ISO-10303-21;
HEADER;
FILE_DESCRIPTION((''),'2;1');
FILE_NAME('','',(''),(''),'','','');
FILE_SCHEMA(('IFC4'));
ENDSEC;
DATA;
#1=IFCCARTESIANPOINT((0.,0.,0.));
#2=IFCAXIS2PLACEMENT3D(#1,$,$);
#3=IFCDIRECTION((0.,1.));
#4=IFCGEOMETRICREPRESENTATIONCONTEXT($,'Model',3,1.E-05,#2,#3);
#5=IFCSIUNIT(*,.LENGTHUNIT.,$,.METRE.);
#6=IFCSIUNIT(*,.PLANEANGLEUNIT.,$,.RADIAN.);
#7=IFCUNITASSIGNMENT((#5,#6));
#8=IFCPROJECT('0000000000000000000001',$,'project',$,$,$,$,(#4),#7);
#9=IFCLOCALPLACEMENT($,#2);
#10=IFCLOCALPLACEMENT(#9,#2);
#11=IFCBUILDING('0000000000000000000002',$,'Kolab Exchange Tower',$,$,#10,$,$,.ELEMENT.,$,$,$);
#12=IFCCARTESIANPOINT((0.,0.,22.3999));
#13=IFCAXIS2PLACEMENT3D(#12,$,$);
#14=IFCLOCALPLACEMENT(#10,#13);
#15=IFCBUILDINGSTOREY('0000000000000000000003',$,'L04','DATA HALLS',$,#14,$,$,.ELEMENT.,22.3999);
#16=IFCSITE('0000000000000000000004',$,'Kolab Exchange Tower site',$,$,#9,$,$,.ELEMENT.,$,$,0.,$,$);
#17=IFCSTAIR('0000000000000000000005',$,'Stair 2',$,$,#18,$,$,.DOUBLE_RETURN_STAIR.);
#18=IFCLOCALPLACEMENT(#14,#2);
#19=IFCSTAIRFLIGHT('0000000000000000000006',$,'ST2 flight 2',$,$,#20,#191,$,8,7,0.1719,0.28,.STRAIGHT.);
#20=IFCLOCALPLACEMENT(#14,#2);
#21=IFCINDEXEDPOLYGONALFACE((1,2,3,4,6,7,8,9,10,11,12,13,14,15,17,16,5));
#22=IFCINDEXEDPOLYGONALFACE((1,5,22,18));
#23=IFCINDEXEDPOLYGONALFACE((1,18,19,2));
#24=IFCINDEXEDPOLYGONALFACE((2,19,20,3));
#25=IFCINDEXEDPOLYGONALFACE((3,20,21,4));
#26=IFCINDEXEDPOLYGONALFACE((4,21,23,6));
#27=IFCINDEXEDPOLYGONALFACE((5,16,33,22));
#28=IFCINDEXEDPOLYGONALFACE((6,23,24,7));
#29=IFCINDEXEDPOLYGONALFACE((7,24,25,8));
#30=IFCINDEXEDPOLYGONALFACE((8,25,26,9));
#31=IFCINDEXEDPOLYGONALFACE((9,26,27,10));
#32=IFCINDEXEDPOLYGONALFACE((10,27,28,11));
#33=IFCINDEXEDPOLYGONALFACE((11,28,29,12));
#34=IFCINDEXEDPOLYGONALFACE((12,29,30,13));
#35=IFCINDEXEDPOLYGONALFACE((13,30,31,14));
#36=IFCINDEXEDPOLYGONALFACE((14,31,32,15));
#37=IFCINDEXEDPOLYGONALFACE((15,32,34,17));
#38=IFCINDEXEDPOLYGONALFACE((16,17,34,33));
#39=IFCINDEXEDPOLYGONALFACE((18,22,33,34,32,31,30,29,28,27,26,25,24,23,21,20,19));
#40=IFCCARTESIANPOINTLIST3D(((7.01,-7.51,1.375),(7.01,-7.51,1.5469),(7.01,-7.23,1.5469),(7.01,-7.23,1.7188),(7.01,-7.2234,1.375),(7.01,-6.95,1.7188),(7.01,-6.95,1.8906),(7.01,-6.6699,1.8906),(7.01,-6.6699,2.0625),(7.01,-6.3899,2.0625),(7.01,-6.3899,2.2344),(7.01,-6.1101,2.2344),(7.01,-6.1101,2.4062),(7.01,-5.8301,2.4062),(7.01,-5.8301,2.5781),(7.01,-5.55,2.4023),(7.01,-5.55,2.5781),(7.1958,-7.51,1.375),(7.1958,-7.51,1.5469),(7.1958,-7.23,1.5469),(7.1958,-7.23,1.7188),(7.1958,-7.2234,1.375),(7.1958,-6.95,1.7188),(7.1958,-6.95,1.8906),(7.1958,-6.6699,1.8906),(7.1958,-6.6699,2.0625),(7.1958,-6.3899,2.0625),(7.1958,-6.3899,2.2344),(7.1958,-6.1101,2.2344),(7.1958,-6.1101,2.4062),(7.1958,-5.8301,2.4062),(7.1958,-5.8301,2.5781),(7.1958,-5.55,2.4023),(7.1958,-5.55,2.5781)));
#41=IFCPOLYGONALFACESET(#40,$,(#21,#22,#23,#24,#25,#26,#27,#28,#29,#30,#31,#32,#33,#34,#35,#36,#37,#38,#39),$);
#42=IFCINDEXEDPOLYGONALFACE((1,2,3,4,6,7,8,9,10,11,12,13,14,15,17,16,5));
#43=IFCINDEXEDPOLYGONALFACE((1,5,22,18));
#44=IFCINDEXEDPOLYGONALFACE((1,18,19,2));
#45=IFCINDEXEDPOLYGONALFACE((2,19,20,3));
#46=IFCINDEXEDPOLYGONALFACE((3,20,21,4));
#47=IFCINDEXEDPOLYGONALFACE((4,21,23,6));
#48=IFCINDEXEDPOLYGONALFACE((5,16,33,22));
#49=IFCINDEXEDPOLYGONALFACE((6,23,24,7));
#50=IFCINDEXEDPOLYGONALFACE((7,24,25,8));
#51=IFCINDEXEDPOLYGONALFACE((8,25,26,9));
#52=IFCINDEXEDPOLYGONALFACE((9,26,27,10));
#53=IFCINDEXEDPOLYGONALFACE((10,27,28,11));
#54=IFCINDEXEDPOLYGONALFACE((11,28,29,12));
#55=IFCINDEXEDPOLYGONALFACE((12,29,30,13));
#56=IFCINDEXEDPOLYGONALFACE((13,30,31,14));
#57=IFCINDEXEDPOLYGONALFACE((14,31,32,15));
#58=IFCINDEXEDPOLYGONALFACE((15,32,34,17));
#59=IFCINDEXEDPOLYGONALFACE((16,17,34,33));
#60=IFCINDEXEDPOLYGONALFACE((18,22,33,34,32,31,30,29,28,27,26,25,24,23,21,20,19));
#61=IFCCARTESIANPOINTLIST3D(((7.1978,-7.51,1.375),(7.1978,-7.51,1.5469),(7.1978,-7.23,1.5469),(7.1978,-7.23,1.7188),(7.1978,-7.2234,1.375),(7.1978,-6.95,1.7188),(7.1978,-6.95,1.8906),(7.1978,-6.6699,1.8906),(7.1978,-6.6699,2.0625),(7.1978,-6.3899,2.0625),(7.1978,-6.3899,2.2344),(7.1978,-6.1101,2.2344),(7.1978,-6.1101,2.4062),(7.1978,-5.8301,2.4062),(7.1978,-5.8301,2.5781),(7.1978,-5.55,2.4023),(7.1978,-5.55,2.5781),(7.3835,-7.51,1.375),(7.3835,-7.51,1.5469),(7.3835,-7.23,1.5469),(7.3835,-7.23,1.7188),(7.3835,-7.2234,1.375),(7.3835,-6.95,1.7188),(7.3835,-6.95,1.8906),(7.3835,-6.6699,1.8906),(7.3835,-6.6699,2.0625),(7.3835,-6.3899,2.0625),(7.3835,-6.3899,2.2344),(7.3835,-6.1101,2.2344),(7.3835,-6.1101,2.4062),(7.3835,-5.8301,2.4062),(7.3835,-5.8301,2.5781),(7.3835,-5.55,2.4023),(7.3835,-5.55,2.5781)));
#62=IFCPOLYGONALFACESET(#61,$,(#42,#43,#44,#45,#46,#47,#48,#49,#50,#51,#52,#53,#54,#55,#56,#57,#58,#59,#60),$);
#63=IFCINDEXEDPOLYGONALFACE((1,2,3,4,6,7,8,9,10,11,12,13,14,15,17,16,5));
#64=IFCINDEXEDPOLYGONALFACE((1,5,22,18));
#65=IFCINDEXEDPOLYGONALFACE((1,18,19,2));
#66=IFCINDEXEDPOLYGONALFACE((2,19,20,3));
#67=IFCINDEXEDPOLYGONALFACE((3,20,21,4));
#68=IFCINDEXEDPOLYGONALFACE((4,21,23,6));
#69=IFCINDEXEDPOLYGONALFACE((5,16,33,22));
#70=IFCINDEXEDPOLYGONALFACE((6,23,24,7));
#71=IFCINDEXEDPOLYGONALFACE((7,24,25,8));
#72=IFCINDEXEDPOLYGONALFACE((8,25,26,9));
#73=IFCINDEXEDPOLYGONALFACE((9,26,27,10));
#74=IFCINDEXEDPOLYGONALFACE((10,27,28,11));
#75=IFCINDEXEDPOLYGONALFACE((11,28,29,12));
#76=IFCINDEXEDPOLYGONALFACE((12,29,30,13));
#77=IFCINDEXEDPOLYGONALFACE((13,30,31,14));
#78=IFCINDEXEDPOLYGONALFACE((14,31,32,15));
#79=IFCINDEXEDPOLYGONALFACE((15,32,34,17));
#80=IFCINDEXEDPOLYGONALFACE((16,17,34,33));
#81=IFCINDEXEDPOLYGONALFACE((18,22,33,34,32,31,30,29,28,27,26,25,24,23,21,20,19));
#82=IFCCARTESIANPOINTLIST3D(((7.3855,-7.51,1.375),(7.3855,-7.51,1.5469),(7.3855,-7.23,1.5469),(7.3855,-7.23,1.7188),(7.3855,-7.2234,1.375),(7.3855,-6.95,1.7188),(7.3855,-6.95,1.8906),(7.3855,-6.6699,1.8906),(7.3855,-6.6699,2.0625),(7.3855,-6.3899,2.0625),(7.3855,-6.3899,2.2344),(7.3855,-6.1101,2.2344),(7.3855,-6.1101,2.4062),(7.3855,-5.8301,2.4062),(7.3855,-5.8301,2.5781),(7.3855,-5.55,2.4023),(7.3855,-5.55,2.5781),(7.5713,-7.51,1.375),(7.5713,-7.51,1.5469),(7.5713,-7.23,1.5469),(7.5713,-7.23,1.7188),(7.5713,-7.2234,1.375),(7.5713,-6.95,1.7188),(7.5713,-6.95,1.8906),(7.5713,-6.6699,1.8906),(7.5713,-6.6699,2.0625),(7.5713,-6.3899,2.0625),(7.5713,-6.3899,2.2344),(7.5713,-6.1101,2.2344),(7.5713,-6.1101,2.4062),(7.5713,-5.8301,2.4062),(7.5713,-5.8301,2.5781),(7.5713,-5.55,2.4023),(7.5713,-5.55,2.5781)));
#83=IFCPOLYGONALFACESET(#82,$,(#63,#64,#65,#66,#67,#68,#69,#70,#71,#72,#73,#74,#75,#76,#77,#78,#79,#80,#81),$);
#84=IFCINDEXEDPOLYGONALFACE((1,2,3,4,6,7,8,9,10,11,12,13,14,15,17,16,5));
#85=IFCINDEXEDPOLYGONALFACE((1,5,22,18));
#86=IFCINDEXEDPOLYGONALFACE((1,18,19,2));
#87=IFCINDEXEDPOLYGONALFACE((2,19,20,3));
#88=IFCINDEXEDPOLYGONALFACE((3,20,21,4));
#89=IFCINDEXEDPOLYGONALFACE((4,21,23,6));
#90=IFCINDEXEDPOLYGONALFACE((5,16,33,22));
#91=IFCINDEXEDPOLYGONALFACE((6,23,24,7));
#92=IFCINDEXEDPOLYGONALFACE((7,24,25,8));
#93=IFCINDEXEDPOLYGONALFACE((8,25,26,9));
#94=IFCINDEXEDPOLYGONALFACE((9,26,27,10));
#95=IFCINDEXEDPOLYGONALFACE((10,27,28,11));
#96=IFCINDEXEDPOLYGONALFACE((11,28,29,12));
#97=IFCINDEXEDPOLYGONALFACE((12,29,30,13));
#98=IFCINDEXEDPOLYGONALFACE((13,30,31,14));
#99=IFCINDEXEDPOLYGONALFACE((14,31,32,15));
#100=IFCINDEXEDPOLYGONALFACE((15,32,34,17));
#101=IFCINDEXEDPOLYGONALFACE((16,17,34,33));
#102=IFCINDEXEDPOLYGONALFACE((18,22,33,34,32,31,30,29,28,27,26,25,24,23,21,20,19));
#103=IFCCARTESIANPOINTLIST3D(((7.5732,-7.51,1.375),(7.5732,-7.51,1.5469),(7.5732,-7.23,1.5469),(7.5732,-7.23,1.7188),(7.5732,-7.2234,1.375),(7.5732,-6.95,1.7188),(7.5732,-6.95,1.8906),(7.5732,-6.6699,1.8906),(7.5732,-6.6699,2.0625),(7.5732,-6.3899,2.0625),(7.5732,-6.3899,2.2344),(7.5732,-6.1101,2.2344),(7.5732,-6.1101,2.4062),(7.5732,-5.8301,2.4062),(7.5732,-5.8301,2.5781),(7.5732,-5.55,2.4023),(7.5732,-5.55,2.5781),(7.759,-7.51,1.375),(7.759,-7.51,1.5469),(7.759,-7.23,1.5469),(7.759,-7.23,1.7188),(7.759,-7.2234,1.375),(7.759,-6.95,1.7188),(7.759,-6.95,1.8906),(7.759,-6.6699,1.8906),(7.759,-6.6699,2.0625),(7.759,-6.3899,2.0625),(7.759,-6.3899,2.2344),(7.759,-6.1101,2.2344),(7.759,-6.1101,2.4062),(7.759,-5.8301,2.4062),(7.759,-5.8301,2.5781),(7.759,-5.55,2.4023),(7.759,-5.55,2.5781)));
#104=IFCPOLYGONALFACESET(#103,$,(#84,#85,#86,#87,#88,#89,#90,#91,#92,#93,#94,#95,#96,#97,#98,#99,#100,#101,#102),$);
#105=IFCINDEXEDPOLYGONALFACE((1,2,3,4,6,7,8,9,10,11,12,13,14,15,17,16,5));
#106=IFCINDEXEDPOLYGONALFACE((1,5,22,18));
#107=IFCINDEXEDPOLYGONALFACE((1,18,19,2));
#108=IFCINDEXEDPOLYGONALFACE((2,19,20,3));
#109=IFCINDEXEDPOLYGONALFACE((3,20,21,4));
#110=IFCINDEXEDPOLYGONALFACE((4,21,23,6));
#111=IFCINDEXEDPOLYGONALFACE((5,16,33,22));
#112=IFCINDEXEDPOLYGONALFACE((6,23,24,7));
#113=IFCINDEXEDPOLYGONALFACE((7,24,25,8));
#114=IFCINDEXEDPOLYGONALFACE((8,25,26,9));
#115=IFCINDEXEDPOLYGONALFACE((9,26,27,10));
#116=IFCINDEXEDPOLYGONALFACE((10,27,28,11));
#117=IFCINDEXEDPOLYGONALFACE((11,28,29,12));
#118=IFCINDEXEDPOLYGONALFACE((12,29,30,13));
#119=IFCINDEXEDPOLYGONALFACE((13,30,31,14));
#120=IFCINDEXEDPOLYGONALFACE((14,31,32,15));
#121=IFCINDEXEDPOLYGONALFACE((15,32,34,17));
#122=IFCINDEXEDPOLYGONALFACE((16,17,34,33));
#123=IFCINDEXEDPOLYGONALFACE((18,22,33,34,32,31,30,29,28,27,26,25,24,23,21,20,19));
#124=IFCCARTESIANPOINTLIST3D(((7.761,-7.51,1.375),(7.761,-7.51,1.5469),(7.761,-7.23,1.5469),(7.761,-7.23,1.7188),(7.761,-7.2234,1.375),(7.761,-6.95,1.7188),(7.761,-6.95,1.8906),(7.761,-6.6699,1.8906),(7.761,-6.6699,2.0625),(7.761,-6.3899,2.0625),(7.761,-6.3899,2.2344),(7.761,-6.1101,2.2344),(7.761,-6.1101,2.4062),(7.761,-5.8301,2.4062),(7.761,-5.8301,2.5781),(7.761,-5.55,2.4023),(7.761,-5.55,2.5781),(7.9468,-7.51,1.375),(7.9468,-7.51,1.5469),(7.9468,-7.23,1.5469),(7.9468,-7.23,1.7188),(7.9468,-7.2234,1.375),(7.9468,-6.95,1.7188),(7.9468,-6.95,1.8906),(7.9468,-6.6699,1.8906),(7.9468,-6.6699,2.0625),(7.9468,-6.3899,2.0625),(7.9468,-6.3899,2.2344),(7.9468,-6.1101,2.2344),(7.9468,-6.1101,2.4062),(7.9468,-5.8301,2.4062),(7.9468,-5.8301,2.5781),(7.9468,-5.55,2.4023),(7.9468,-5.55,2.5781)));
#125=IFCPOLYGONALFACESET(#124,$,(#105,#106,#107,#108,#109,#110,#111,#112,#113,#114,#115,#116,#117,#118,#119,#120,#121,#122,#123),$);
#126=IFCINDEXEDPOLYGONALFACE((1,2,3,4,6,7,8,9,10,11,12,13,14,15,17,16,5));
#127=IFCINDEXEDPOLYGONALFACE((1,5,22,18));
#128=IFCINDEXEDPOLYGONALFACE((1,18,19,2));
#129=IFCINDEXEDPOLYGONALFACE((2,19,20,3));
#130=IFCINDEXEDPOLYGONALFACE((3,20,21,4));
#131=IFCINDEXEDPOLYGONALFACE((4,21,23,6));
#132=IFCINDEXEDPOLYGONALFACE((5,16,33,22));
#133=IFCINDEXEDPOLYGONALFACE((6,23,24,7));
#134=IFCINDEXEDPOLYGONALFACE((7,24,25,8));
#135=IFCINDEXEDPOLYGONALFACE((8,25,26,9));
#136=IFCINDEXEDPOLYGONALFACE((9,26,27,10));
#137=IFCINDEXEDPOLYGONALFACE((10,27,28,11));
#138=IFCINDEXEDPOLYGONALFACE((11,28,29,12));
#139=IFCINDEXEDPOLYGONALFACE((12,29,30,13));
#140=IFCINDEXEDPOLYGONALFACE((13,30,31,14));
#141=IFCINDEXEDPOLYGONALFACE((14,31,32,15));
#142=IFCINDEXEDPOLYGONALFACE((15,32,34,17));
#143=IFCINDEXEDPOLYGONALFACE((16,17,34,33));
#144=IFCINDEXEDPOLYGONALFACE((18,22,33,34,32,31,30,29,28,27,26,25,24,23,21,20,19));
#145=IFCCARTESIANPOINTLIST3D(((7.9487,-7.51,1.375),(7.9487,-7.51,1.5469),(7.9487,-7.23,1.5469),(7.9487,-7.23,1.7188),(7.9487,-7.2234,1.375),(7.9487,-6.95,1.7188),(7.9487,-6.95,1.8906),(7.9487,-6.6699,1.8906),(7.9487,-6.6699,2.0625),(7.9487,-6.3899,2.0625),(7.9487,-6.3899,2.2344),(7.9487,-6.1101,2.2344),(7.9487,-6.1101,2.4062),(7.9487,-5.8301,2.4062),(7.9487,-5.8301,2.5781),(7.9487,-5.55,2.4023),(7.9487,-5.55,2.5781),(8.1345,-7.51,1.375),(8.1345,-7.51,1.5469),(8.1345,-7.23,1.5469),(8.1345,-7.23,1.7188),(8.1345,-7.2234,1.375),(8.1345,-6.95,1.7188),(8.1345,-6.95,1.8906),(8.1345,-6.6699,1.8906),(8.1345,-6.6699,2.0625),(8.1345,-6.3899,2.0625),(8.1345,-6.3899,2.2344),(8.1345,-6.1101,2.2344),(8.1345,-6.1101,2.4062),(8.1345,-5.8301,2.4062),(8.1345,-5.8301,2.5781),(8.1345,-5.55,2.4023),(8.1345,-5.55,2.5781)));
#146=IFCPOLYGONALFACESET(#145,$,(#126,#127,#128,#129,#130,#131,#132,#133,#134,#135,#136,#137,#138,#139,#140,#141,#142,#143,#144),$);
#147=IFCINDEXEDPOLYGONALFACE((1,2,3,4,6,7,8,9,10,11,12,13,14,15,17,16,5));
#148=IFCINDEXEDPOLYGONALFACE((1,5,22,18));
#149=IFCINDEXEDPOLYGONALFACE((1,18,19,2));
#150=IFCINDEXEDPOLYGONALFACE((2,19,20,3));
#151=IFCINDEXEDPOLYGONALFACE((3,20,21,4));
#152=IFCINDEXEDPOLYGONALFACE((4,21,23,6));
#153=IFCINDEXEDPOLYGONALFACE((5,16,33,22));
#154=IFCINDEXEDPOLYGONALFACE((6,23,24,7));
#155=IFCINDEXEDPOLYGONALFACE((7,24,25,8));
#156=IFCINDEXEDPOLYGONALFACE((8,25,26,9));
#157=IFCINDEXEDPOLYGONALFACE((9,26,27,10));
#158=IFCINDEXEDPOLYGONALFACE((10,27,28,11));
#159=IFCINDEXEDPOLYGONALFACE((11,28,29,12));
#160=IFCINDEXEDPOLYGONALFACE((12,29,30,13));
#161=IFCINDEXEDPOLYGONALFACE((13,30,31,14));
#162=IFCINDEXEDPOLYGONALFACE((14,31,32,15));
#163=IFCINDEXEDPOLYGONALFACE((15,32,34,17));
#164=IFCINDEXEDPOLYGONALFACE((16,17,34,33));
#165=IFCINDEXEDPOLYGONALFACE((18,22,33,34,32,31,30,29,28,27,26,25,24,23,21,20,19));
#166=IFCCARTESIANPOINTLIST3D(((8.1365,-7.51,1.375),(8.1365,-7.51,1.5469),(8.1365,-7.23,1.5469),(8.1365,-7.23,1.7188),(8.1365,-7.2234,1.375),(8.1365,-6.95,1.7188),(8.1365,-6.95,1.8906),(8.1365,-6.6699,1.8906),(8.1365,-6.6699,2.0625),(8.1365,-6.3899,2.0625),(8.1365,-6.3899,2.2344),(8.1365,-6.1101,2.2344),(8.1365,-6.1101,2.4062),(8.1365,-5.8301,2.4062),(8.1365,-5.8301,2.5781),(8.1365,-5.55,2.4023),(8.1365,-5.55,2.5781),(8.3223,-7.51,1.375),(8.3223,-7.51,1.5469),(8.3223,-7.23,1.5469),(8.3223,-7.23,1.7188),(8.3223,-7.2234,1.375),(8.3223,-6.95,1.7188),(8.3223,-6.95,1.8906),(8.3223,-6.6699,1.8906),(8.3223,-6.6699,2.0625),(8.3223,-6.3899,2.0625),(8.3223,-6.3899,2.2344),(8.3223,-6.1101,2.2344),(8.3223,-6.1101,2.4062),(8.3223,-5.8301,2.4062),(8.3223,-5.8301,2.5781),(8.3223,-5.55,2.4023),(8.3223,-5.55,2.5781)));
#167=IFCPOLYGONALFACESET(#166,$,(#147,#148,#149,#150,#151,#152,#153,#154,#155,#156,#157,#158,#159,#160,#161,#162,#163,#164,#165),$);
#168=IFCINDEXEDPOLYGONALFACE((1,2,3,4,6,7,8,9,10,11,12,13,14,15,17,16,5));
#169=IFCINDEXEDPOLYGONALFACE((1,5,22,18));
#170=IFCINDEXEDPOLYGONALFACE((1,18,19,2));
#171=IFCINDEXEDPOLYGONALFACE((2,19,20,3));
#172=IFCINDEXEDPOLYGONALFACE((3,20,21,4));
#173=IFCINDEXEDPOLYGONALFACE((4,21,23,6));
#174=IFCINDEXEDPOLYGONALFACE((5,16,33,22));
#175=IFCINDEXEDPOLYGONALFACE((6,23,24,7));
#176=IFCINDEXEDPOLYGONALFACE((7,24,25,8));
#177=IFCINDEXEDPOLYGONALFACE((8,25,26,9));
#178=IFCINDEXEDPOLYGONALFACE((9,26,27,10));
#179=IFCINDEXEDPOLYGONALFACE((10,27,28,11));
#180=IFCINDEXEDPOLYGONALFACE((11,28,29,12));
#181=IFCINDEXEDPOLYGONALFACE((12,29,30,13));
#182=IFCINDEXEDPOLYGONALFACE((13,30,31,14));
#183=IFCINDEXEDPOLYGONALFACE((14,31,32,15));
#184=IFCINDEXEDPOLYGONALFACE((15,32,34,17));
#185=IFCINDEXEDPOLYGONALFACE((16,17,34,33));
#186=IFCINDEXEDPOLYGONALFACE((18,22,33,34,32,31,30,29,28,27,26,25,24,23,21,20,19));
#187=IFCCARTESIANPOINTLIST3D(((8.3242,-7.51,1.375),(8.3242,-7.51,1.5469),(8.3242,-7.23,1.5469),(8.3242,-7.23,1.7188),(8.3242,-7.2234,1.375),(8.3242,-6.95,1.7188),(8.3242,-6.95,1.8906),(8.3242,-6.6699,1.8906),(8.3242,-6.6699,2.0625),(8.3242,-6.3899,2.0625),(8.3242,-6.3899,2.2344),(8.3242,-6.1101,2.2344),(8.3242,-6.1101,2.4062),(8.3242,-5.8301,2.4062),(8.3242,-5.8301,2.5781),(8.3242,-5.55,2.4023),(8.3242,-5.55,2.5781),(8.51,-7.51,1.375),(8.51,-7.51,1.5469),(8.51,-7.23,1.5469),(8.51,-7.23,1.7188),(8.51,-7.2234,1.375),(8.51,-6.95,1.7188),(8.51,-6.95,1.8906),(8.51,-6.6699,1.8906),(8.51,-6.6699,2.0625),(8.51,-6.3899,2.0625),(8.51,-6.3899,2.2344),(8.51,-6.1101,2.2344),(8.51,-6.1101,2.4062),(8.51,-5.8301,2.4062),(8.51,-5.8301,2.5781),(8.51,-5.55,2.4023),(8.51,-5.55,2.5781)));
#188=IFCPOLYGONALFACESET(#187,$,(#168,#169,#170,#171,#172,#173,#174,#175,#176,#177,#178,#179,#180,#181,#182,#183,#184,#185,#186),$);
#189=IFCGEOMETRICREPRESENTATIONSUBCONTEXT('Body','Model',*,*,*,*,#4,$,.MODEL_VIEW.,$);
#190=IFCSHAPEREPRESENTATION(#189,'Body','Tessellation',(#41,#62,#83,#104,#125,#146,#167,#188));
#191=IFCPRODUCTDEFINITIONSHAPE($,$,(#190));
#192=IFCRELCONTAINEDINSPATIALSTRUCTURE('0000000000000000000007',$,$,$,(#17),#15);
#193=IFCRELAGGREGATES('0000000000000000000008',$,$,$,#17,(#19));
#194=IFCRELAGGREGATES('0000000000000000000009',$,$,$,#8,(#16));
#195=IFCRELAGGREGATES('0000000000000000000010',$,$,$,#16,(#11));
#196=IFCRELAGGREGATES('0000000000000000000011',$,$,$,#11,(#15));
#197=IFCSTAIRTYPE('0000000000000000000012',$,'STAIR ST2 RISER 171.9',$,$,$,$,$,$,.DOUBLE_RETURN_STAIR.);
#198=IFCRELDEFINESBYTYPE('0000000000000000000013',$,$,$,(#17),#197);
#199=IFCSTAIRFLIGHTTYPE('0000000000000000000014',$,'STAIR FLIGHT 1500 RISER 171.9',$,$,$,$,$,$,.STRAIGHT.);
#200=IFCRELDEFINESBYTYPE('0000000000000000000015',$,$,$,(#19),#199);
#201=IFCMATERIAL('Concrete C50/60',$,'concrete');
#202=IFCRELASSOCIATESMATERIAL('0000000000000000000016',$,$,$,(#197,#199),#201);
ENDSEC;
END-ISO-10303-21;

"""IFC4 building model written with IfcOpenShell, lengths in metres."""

from ifc_helpers import new_model, si_unit, direction, frame, origin, place, context, subcontext, project, spatial, polyline, outline, extrude, material, type_object, element, aggregate, save


model = new_model("IFC4")

# Units and contexts
model_context = context("Model", 3, precision=1e-05, world=origin(), true_north=direction((0.0, 1.0)))
body_context = subcontext(model_context, "Body", "Model", "MODEL_VIEW")
ifc_project = project(units=[si_unit("LENGTHUNIT", "METRE"), si_unit("PLANEANGLEUNIT", "RADIAN")], contexts=[model_context])

# Site, building, storey
site_placement = place(None, origin())
site = spatial("IfcSite", under=ifc_project, at=site_placement, Name="Kolab Exchange Tower site", CompositionType="ELEMENT", RefElevation=0.0)
building_placement = place(site_placement, origin())
building = spatial("IfcBuilding", under=site, at=building_placement, Name="Kolab Exchange Tower", CompositionType="ELEMENT")
storey_placement = place(building_placement, frame((0.0, 0.0, 22.3999)))
storey = spatial("IfcBuildingStorey", under=building, at=storey_placement, Name="L04", Description="DATA HALLS", CompositionType="ELEMENT", Elevation=22.3999)

# Shared definitions
ifc_material_1 = material(Name="Concrete C50/60", Category="concrete")

# Stair, stair flight
stair_type_1 = type_object("IfcStairType", Name="STAIR ST2 RISER 171.9", PredefinedType="DOUBLE_RETURN_STAIR", material=ifc_material_1)
stair_1_placement = place(storey_placement, origin())
stair_1 = element("IfcStair", 1, at=stair_1_placement, inside=storey, type_object=stair_type_1, Name="Stair 2", PredefinedType="DOUBLE_RETURN_STAIR")
stair_flight_type = type_object("IfcStairFlightType", Name="STAIR FLIGHT 1500 RISER 171.9", PredefinedType="STRAIGHT", material=ifc_material_1)
stair_flight_1_placement = place(storey_placement, frame((7.76, -7.51, 1.375), z_axis=(0.0, 0.0, 1.0), x_axis=(0.0, 1.0, 0.0)))
stair_flight_1 = element("IfcStairFlight", 2, at=stair_flight_1_placement, type_object=stair_flight_type, Name="ST2 flight 2", NumberOfRisers=8, NumberOfTreads=7, PredefinedType="STRAIGHT", RiserHeight=0.1719, TreadLength=0.28, context=body_context, shape_type="SweptSolid", body=[
    extrude(outline(polyline([(0.0, 0.0), (0.0, 0.1719), (0.28, 0.1719), (0.28, 0.3438), (0.5601, 0.3438), (0.5601, 0.5156), (0.8401, 0.5156), (0.8401, 0.6875), (1.1201, 0.6875), (1.1201, 0.8594), (1.3999, 0.8594), (1.3999, 1.0312), (1.6799, 1.0312), (1.6799, 1.2031), (1.96, 1.2031), (1.96, 1.375), (1.96, 1.0273), (0.2866, 0.0), (0.0, 0.0)])), frame((0.0, 0.75, 0.0), z_axis=(0.0, -1.0, 0.0), x_axis=(1.0, 0.0, 0.0)), (0.0, 0.0, 1.0), 0.1858),
    extrude(outline(polyline([(0.0, 0.0), (0.0, 0.1719), (0.28, 0.1719), (0.28, 0.3438), (0.5601, 0.3438), (0.5601, 0.5156), (0.8401, 0.5156), (0.8401, 0.6875), (1.1201, 0.6875), (1.1201, 0.8594), (1.3999, 0.8594), (1.3999, 1.0312), (1.6799, 1.0312), (1.6799, 1.2031), (1.96, 1.2031), (1.96, 1.375), (1.96, 1.0273), (0.2866, 0.0), (0.0, 0.0)])), frame((0.0, 0.5623, 0.0), z_axis=(0.0, -1.0, 0.0), x_axis=(1.0, 0.0, 0.0)), (0.0, 0.0, 1.0), 0.1858),
    extrude(outline(polyline([(0.0, 0.0), (0.0, 0.1719), (0.28, 0.1719), (0.28, 0.3438), (0.5601, 0.3438), (0.5601, 0.5156), (0.8401, 0.5156), (0.8401, 0.6875), (1.1201, 0.6875), (1.1201, 0.8594), (1.3999, 0.8594), (1.3999, 1.0312), (1.6799, 1.0312), (1.6799, 1.2031), (1.96, 1.2031), (1.96, 1.375), (1.96, 1.0273), (0.2866, 0.0), (0.0, 0.0)])), frame((0.0, 0.3745, 0.0), z_axis=(0.0, -1.0, 0.0), x_axis=(1.0, 0.0, 0.0)), (0.0, 0.0, 1.0), 0.1858),
    extrude(outline(polyline([(0.0, 0.0), (0.0, 0.1719), (0.28, 0.1719), (0.28, 0.3438), (0.5601, 0.3438), (0.5601, 0.5156), (0.8401, 0.5156), (0.8401, 0.6875), (1.1201, 0.6875), (1.1201, 0.8594), (1.3999, 0.8594), (1.3999, 1.0312), (1.6799, 1.0312), (1.6799, 1.2031), (1.96, 1.2031), (1.96, 1.375), (1.96, 1.0273), (0.2866, 0.0), (0.0, 0.0)])), frame((0.0, 0.1868, 0.0), z_axis=(0.0, -1.0, 0.0), x_axis=(1.0, 0.0, 0.0)), (0.0, 0.0, 1.0), 0.1858),
    extrude(outline(polyline([(0.0, 0.0), (0.0, 0.1719), (0.28, 0.1719), (0.28, 0.3438), (0.5601, 0.3438), (0.5601, 0.5156), (0.8401, 0.5156), (0.8401, 0.6875), (1.1201, 0.6875), (1.1201, 0.8594), (1.3999, 0.8594), (1.3999, 1.0312), (1.6799, 1.0312), (1.6799, 1.2031), (1.96, 1.2031), (1.96, 1.375), (1.96, 1.0273), (0.2866, 0.0), (0.0, 0.0)])), frame((0.0, -0.001, 0.0), z_axis=(0.0, -1.0, 0.0), x_axis=(1.0, 0.0, 0.0)), (0.0, 0.0, 1.0), 0.1858),
    extrude(outline(polyline([(0.0, 0.0), (0.0, 0.1719), (0.28, 0.1719), (0.28, 0.3438), (0.5601, 0.3438), (0.5601, 0.5156), (0.8401, 0.5156), (0.8401, 0.6875), (1.1201, 0.6875), (1.1201, 0.8594), (1.3999, 0.8594), (1.3999, 1.0312), (1.6799, 1.0312), (1.6799, 1.2031), (1.96, 1.2031), (1.96, 1.375), (1.96, 1.0273), (0.2866, 0.0), (0.0, 0.0)])), frame((0.0, -0.1887, 0.0), z_axis=(0.0, -1.0, 0.0), x_axis=(1.0, 0.0, 0.0)), (0.0, 0.0, 1.0), 0.1858),
    extrude(outline(polyline([(0.0, 0.0), (0.0, 0.1719), (0.28, 0.1719), (0.28, 0.3438), (0.5601, 0.3438), (0.5601, 0.5156), (0.8401, 0.5156), (0.8401, 0.6875), (1.1201, 0.6875), (1.1201, 0.8594), (1.3999, 0.8594), (1.3999, 1.0312), (1.6799, 1.0312), (1.6799, 1.2031), (1.96, 1.2031), (1.96, 1.375), (1.96, 1.0273), (0.2866, 0.0), (0.0, 0.0)])), frame((0.0, -0.3765, 0.0), z_axis=(0.0, -1.0, 0.0), x_axis=(1.0, 0.0, 0.0)), (0.0, 0.0, 1.0), 0.1858),
    extrude(outline(polyline([(0.0, 0.0), (0.0, 0.1719), (0.28, 0.1719), (0.28, 0.3438), (0.5601, 0.3438), (0.5601, 0.5156), (0.8401, 0.5156), (0.8401, 0.6875), (1.1201, 0.6875), (1.1201, 0.8594), (1.3999, 0.8594), (1.3999, 1.0312), (1.6799, 1.0312), (1.6799, 1.2031), (1.96, 1.2031), (1.96, 1.375), (1.96, 1.0273), (0.2866, 0.0), (0.0, 0.0)])), frame((0.0, -0.5642, 0.0), z_axis=(0.0, -1.0, 0.0), x_axis=(1.0, 0.0, 0.0)), (0.0, 0.0, 1.0), 0.1858),
])
aggregate(stair_1, [stair_flight_1])

save(model, "model.ifc")
